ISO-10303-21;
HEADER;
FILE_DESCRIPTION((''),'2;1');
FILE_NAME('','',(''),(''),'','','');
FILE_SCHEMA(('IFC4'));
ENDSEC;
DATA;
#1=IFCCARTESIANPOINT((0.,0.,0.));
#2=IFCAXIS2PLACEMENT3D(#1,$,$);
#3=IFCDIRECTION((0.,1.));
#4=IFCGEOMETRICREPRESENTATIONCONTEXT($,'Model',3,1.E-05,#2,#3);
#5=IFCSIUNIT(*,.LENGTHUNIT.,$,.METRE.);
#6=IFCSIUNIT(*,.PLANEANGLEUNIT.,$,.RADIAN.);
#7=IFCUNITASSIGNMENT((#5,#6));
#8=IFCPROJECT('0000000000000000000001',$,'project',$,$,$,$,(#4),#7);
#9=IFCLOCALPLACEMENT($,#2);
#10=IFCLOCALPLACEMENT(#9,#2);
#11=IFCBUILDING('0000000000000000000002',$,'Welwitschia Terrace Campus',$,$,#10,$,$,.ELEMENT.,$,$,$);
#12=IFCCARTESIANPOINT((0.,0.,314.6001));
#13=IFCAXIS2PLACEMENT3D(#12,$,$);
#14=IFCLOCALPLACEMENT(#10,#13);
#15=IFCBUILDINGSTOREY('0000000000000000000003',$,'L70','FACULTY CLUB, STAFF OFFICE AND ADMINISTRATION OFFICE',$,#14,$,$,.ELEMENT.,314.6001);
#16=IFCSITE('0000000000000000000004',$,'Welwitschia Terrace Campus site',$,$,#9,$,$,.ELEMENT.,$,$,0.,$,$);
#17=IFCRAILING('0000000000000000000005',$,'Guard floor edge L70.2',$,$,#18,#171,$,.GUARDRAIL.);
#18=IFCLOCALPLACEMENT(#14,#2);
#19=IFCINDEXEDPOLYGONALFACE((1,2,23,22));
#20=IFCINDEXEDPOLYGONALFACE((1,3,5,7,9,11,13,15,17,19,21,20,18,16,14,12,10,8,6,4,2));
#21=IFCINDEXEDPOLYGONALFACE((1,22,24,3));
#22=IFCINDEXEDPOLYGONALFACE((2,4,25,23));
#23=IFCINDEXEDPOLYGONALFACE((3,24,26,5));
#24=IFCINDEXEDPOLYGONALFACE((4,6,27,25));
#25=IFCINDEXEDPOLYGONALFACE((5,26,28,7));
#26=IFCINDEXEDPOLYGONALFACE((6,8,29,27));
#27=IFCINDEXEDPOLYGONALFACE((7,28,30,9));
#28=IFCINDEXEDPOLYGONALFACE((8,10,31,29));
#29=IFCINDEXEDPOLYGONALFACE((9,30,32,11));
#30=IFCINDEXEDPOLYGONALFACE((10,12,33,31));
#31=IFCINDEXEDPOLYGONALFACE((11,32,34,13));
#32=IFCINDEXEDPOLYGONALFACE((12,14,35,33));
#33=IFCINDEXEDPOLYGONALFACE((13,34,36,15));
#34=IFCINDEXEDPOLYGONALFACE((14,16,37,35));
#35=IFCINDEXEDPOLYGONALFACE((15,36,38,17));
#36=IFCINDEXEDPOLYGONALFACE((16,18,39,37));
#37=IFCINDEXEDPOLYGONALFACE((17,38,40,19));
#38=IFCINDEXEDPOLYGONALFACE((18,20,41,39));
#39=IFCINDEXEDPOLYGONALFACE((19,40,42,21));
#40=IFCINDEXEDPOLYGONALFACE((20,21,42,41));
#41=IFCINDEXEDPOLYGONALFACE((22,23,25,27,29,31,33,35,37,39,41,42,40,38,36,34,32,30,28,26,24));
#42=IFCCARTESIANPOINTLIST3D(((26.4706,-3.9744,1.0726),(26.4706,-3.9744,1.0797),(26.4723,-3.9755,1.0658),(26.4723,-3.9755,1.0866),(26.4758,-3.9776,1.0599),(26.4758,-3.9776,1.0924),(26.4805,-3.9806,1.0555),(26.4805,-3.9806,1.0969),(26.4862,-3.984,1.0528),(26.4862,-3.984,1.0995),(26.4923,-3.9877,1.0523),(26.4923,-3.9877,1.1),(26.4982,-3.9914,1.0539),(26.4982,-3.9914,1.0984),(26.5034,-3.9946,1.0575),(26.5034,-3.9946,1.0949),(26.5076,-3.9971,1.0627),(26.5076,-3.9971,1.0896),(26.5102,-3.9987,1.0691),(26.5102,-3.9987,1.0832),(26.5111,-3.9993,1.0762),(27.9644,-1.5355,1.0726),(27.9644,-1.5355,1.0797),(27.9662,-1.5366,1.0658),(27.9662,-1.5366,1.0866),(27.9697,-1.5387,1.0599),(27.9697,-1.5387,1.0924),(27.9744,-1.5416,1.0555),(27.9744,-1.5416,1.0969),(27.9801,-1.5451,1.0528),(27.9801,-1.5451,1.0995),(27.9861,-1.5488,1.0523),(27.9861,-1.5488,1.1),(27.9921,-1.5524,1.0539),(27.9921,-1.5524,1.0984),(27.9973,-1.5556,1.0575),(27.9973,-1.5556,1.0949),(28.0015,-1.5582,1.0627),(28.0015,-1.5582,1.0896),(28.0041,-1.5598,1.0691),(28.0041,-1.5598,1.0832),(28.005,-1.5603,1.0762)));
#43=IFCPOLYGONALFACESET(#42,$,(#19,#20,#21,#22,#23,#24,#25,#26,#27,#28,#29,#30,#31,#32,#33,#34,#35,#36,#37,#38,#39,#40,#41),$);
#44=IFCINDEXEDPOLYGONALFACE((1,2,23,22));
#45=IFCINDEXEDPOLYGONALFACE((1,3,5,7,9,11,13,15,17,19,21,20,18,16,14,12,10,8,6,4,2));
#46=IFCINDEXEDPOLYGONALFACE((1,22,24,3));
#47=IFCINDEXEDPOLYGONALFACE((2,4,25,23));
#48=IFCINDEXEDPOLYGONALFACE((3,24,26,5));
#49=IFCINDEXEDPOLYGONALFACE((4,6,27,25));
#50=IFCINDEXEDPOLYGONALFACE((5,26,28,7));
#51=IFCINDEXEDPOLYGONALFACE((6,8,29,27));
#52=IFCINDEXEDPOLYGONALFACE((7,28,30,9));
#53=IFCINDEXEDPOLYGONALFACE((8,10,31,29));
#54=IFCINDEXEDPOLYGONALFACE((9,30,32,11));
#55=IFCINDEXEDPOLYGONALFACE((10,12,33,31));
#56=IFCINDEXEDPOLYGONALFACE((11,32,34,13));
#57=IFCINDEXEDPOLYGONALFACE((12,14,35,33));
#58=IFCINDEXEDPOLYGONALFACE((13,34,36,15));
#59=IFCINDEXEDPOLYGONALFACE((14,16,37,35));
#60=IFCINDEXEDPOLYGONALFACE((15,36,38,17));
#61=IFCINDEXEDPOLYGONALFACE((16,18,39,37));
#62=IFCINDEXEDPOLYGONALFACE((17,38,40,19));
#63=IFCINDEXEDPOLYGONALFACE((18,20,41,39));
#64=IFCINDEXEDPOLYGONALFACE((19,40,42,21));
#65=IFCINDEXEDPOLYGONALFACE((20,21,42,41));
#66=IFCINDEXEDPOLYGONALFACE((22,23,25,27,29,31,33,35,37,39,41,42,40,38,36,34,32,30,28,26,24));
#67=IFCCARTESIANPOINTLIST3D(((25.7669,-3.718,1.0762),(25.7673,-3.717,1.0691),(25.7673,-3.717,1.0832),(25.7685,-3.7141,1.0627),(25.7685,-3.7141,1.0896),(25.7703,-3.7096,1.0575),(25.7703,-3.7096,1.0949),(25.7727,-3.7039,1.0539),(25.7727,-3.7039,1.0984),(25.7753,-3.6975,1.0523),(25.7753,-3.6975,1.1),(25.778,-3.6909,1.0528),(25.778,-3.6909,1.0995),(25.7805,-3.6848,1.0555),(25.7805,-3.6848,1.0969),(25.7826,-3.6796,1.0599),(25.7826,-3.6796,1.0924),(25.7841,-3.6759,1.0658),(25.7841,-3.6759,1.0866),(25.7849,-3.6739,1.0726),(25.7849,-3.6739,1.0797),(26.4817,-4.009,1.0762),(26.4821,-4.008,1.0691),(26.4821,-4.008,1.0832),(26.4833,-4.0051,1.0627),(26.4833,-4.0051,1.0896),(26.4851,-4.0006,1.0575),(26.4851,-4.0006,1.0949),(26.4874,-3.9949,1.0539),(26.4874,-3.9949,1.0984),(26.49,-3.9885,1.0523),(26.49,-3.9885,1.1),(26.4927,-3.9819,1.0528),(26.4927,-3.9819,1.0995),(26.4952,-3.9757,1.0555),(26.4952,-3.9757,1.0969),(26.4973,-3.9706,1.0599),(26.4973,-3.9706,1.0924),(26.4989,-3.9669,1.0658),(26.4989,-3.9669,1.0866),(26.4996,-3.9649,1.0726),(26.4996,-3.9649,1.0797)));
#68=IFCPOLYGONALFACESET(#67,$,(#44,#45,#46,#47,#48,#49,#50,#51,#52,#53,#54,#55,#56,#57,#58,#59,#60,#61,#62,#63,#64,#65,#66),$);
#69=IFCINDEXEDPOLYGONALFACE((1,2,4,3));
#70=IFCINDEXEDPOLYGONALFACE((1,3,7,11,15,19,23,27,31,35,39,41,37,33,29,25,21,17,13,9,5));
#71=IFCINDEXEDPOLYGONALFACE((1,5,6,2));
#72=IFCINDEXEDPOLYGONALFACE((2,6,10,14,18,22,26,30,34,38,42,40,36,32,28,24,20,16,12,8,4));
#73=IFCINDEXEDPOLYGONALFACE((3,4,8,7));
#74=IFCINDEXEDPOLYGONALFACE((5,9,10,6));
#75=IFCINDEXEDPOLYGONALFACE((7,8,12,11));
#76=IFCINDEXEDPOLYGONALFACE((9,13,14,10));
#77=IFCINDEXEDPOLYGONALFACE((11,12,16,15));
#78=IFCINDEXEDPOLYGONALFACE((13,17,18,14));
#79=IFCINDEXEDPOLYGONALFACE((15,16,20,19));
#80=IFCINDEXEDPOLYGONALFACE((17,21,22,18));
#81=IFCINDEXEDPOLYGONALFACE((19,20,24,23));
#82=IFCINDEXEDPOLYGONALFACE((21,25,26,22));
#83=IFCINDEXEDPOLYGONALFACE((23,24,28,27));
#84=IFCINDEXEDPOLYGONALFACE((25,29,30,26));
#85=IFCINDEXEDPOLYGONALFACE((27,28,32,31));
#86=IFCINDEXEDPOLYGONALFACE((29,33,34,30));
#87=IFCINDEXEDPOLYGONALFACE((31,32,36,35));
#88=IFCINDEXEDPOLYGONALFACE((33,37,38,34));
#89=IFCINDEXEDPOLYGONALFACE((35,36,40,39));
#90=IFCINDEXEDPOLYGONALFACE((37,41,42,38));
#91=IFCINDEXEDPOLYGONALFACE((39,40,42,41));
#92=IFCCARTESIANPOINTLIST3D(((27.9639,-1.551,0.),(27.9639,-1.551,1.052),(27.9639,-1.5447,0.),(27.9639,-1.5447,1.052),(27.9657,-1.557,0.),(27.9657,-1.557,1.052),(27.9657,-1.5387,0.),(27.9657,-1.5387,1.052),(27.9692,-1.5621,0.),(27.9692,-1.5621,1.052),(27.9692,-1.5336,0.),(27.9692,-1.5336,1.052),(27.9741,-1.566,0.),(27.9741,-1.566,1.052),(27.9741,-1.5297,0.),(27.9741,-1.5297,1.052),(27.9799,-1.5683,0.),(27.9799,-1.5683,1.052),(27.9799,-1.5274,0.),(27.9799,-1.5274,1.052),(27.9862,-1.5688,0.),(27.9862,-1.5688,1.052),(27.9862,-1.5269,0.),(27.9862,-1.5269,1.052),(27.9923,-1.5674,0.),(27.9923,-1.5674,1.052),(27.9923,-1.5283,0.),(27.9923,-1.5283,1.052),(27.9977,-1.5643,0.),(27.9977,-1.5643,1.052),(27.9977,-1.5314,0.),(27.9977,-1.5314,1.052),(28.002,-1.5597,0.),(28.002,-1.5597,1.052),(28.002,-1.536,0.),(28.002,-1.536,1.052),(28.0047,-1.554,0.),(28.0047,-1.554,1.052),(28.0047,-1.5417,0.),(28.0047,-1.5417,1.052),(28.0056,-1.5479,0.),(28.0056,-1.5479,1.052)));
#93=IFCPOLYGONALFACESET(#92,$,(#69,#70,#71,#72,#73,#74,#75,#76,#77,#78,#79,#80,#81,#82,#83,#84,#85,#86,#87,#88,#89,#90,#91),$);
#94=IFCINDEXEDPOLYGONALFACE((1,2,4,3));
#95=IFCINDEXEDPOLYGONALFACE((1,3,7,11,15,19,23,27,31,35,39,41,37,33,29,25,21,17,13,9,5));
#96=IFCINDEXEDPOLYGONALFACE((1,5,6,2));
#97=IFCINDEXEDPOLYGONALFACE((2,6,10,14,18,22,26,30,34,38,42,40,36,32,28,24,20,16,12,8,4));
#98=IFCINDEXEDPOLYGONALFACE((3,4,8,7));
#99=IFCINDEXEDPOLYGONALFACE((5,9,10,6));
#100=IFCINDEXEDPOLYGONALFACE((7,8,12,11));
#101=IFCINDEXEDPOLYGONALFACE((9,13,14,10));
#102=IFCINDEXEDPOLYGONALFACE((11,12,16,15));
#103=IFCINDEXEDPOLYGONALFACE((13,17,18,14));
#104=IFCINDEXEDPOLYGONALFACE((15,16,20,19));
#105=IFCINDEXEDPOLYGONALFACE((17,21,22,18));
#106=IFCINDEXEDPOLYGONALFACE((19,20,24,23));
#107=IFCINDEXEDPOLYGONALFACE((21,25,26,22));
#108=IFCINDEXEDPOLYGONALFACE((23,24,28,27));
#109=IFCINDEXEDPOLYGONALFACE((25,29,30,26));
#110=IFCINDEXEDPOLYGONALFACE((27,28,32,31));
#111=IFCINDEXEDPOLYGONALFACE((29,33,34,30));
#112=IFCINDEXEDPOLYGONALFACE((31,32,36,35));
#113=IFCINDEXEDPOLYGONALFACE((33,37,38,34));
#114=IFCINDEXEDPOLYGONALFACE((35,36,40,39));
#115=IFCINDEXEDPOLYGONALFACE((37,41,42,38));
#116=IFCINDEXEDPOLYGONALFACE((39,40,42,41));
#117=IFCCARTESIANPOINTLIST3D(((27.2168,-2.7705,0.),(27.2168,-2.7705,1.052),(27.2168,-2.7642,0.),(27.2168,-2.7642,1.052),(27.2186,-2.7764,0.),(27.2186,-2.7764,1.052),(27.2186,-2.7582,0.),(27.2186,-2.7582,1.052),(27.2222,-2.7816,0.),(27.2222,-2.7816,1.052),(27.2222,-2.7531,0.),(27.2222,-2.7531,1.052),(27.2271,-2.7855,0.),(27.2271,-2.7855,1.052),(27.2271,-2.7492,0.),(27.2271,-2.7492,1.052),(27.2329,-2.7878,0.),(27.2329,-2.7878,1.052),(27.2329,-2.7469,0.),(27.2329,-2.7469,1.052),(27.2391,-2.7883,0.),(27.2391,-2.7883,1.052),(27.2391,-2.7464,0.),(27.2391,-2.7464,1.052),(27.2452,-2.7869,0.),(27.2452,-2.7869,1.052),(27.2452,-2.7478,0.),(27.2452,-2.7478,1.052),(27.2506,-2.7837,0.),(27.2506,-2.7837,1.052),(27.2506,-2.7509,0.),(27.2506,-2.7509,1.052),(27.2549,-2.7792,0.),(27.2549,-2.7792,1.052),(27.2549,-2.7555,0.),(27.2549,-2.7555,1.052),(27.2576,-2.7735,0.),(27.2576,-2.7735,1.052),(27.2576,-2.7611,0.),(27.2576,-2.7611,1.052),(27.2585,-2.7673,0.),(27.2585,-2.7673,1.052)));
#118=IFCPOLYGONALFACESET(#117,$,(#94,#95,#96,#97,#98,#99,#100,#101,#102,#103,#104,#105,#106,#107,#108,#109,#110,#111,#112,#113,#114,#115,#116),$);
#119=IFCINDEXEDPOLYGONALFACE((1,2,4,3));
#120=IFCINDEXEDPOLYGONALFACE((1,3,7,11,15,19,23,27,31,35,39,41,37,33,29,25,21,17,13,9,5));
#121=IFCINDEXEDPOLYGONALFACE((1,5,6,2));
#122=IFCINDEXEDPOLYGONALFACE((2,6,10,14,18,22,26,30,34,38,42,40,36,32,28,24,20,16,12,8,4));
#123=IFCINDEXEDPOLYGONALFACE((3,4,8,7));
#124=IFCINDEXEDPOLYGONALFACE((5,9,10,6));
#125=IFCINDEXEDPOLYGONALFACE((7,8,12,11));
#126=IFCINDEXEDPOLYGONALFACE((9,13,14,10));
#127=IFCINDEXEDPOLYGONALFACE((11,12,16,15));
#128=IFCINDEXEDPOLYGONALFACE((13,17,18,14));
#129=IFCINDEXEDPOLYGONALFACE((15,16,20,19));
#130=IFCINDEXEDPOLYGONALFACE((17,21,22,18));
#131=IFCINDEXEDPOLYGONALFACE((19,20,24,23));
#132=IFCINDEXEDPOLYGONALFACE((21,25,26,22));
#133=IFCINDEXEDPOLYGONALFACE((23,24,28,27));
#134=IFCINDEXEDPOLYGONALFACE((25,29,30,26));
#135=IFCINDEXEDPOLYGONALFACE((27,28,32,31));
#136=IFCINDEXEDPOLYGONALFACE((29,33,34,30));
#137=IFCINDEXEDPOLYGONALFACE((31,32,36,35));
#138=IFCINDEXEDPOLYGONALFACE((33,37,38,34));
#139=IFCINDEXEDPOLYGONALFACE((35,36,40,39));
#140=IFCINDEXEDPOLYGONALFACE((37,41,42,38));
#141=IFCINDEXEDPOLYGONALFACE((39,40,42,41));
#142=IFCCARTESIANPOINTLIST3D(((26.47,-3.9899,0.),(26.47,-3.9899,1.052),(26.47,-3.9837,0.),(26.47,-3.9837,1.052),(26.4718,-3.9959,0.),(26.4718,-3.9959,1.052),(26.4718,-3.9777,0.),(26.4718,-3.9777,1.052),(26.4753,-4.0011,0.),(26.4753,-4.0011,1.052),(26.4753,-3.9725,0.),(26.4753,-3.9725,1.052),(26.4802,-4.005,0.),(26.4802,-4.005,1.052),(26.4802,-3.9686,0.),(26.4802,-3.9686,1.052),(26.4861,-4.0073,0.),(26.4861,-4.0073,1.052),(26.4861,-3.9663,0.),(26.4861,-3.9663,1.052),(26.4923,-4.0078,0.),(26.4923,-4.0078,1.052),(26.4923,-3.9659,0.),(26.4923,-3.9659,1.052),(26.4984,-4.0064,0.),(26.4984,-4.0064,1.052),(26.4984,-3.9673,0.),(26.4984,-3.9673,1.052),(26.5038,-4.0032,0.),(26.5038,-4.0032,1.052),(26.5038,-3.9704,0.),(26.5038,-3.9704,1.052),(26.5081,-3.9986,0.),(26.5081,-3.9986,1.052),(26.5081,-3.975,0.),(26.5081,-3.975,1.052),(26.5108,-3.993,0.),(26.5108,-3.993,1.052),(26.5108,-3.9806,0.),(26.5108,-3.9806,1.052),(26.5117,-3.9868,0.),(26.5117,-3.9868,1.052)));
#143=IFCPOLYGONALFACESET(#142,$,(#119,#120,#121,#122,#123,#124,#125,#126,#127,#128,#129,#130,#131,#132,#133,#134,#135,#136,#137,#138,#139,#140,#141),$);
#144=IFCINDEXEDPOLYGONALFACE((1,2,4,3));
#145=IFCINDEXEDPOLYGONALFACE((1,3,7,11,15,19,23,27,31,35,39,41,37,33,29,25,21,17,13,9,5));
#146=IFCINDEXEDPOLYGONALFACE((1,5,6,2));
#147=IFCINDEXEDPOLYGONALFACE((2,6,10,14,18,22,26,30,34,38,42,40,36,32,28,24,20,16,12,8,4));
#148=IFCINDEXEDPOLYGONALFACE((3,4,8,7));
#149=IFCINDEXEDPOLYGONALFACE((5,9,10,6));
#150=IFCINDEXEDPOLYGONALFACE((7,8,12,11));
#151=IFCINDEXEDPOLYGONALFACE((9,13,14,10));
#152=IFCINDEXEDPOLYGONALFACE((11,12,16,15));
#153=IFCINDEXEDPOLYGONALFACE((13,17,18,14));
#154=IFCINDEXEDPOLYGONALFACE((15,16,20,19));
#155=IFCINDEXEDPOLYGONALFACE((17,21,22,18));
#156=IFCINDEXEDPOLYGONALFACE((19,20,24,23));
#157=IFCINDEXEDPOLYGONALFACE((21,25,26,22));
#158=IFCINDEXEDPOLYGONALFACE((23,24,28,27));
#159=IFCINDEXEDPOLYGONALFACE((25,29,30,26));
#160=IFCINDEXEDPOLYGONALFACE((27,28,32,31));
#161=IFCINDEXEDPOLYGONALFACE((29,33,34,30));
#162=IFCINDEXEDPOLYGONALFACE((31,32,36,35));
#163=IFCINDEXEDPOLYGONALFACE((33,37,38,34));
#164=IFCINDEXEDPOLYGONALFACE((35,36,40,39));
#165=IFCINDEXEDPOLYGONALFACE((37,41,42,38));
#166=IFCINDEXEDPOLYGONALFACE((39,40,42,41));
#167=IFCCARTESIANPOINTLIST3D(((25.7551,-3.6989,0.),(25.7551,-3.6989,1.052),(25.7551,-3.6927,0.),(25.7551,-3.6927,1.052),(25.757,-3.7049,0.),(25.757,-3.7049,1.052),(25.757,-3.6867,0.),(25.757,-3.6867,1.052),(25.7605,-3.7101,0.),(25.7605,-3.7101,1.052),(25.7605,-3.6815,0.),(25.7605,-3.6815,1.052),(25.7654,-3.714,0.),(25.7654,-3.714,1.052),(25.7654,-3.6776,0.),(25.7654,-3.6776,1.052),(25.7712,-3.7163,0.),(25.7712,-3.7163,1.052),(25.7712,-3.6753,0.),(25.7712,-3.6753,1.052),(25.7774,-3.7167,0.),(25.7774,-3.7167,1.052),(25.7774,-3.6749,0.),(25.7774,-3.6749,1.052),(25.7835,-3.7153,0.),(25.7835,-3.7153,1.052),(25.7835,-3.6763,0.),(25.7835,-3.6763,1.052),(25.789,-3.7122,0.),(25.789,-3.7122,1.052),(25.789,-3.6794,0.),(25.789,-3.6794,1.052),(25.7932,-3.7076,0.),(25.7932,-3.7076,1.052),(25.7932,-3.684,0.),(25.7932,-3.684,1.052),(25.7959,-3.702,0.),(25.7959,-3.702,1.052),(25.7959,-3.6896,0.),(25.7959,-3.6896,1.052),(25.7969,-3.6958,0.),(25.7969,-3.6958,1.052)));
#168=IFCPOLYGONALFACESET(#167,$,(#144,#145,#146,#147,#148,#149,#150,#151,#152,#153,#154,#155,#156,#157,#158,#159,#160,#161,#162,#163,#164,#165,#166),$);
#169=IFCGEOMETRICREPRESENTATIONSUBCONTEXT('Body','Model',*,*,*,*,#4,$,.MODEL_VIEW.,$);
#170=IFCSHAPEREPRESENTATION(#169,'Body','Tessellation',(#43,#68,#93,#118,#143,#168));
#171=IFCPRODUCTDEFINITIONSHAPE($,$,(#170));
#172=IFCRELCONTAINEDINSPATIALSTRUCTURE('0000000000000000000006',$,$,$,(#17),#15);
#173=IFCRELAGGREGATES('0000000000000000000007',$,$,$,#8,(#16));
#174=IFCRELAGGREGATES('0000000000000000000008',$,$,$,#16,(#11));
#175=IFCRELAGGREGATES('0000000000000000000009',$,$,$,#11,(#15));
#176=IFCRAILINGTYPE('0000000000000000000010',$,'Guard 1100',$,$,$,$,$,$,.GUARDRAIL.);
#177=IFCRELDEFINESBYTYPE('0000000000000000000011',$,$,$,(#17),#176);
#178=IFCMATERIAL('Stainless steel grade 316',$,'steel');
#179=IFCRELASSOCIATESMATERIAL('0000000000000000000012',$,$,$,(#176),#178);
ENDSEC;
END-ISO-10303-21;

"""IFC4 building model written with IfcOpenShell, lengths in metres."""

from ifc_helpers import new_model, si_unit, direction, frame, origin, origin_2d, place, context, subcontext, project, spatial, circle, extrude, material, type_object, element, save


model = new_model("IFC4")

# Units and contexts
model_context = context("Model", 3, precision=1e-05, world=origin(), true_north=direction((0.0, 1.0)))
body_context = subcontext(model_context, "Body", "Model", "MODEL_VIEW")
ifc_project = project(units=[si_unit("LENGTHUNIT", "METRE"), si_unit("PLANEANGLEUNIT", "RADIAN")], contexts=[model_context])

# Site, building, storey
site_placement = place(None, origin())
site = spatial("IfcSite", under=ifc_project, at=site_placement, Name="Welwitschia Terrace Campus site", CompositionType="ELEMENT", RefElevation=0.0)
building_placement = place(site_placement, origin())
building = spatial("IfcBuilding", under=site, at=building_placement, Name="Welwitschia Terrace Campus", CompositionType="ELEMENT")
storey_placement = place(building_placement, frame((0.0, 0.0, 314.6001)))
storey = spatial("IfcBuildingStorey", under=building, at=storey_placement, Name="L70", Description="FACULTY CLUB, STAFF OFFICE AND ADMINISTRATION OFFICE", CompositionType="ELEMENT", Elevation=314.6001)

# Railing
ifc_material_1 = material(Name="Stainless steel grade 316", Category="steel")
railing_type = type_object("IfcRailingType", Name="Guard 1100", PredefinedType="GUARDRAIL", material=ifc_material_1)
railing_placement = place(storey_placement, frame((27.9846, -1.5479, 0.0)))
element("IfcRailing", 1, at=railing_placement, inside=storey, type_object=railing_type, Name="Guard floor edge L70.2", PredefinedType="GUARDRAIL", context=body_context, shape_type="SweptSolid", body=[
    extrude(circle(Radius=0.0239, at=origin_2d()), frame((0.0, 0.0, 1.0762), z_axis=(-0.52232, -0.85275, 0.0), x_axis=(0.85275, -0.52232, 0.0)), (0.0, 0.0, 1.0), 2.8601),
    extrude(circle(Radius=0.0239, at=origin_2d()), frame((-1.4939, -2.439, 1.0762), z_axis=(-0.926191, 0.377056, 0.0), x_axis=(-0.377056, -0.926191, 0.0)), (0.0, 0.0, 1.0), 0.7717),
    extrude(circle(Radius=0.021, at=origin_2d()), origin(), (0.0, 0.0, 1.0), 1.052),
    extrude(circle(Radius=0.021, at=origin_2d()), frame((-0.7471, -1.2195, 0.0)), (0.0, 0.0, 1.0), 1.052),
    extrude(circle(Radius=0.021, at=origin_2d()), frame((-1.4939, -2.439, 0.0)), (0.0, 0.0, 1.0), 1.052),
    extrude(circle(Radius=0.021, at=origin_2d()), frame((-2.2087, -2.1479, 0.0)), (0.0, 0.0, 1.0), 1.052),
])

save(model, "model.ifc")
